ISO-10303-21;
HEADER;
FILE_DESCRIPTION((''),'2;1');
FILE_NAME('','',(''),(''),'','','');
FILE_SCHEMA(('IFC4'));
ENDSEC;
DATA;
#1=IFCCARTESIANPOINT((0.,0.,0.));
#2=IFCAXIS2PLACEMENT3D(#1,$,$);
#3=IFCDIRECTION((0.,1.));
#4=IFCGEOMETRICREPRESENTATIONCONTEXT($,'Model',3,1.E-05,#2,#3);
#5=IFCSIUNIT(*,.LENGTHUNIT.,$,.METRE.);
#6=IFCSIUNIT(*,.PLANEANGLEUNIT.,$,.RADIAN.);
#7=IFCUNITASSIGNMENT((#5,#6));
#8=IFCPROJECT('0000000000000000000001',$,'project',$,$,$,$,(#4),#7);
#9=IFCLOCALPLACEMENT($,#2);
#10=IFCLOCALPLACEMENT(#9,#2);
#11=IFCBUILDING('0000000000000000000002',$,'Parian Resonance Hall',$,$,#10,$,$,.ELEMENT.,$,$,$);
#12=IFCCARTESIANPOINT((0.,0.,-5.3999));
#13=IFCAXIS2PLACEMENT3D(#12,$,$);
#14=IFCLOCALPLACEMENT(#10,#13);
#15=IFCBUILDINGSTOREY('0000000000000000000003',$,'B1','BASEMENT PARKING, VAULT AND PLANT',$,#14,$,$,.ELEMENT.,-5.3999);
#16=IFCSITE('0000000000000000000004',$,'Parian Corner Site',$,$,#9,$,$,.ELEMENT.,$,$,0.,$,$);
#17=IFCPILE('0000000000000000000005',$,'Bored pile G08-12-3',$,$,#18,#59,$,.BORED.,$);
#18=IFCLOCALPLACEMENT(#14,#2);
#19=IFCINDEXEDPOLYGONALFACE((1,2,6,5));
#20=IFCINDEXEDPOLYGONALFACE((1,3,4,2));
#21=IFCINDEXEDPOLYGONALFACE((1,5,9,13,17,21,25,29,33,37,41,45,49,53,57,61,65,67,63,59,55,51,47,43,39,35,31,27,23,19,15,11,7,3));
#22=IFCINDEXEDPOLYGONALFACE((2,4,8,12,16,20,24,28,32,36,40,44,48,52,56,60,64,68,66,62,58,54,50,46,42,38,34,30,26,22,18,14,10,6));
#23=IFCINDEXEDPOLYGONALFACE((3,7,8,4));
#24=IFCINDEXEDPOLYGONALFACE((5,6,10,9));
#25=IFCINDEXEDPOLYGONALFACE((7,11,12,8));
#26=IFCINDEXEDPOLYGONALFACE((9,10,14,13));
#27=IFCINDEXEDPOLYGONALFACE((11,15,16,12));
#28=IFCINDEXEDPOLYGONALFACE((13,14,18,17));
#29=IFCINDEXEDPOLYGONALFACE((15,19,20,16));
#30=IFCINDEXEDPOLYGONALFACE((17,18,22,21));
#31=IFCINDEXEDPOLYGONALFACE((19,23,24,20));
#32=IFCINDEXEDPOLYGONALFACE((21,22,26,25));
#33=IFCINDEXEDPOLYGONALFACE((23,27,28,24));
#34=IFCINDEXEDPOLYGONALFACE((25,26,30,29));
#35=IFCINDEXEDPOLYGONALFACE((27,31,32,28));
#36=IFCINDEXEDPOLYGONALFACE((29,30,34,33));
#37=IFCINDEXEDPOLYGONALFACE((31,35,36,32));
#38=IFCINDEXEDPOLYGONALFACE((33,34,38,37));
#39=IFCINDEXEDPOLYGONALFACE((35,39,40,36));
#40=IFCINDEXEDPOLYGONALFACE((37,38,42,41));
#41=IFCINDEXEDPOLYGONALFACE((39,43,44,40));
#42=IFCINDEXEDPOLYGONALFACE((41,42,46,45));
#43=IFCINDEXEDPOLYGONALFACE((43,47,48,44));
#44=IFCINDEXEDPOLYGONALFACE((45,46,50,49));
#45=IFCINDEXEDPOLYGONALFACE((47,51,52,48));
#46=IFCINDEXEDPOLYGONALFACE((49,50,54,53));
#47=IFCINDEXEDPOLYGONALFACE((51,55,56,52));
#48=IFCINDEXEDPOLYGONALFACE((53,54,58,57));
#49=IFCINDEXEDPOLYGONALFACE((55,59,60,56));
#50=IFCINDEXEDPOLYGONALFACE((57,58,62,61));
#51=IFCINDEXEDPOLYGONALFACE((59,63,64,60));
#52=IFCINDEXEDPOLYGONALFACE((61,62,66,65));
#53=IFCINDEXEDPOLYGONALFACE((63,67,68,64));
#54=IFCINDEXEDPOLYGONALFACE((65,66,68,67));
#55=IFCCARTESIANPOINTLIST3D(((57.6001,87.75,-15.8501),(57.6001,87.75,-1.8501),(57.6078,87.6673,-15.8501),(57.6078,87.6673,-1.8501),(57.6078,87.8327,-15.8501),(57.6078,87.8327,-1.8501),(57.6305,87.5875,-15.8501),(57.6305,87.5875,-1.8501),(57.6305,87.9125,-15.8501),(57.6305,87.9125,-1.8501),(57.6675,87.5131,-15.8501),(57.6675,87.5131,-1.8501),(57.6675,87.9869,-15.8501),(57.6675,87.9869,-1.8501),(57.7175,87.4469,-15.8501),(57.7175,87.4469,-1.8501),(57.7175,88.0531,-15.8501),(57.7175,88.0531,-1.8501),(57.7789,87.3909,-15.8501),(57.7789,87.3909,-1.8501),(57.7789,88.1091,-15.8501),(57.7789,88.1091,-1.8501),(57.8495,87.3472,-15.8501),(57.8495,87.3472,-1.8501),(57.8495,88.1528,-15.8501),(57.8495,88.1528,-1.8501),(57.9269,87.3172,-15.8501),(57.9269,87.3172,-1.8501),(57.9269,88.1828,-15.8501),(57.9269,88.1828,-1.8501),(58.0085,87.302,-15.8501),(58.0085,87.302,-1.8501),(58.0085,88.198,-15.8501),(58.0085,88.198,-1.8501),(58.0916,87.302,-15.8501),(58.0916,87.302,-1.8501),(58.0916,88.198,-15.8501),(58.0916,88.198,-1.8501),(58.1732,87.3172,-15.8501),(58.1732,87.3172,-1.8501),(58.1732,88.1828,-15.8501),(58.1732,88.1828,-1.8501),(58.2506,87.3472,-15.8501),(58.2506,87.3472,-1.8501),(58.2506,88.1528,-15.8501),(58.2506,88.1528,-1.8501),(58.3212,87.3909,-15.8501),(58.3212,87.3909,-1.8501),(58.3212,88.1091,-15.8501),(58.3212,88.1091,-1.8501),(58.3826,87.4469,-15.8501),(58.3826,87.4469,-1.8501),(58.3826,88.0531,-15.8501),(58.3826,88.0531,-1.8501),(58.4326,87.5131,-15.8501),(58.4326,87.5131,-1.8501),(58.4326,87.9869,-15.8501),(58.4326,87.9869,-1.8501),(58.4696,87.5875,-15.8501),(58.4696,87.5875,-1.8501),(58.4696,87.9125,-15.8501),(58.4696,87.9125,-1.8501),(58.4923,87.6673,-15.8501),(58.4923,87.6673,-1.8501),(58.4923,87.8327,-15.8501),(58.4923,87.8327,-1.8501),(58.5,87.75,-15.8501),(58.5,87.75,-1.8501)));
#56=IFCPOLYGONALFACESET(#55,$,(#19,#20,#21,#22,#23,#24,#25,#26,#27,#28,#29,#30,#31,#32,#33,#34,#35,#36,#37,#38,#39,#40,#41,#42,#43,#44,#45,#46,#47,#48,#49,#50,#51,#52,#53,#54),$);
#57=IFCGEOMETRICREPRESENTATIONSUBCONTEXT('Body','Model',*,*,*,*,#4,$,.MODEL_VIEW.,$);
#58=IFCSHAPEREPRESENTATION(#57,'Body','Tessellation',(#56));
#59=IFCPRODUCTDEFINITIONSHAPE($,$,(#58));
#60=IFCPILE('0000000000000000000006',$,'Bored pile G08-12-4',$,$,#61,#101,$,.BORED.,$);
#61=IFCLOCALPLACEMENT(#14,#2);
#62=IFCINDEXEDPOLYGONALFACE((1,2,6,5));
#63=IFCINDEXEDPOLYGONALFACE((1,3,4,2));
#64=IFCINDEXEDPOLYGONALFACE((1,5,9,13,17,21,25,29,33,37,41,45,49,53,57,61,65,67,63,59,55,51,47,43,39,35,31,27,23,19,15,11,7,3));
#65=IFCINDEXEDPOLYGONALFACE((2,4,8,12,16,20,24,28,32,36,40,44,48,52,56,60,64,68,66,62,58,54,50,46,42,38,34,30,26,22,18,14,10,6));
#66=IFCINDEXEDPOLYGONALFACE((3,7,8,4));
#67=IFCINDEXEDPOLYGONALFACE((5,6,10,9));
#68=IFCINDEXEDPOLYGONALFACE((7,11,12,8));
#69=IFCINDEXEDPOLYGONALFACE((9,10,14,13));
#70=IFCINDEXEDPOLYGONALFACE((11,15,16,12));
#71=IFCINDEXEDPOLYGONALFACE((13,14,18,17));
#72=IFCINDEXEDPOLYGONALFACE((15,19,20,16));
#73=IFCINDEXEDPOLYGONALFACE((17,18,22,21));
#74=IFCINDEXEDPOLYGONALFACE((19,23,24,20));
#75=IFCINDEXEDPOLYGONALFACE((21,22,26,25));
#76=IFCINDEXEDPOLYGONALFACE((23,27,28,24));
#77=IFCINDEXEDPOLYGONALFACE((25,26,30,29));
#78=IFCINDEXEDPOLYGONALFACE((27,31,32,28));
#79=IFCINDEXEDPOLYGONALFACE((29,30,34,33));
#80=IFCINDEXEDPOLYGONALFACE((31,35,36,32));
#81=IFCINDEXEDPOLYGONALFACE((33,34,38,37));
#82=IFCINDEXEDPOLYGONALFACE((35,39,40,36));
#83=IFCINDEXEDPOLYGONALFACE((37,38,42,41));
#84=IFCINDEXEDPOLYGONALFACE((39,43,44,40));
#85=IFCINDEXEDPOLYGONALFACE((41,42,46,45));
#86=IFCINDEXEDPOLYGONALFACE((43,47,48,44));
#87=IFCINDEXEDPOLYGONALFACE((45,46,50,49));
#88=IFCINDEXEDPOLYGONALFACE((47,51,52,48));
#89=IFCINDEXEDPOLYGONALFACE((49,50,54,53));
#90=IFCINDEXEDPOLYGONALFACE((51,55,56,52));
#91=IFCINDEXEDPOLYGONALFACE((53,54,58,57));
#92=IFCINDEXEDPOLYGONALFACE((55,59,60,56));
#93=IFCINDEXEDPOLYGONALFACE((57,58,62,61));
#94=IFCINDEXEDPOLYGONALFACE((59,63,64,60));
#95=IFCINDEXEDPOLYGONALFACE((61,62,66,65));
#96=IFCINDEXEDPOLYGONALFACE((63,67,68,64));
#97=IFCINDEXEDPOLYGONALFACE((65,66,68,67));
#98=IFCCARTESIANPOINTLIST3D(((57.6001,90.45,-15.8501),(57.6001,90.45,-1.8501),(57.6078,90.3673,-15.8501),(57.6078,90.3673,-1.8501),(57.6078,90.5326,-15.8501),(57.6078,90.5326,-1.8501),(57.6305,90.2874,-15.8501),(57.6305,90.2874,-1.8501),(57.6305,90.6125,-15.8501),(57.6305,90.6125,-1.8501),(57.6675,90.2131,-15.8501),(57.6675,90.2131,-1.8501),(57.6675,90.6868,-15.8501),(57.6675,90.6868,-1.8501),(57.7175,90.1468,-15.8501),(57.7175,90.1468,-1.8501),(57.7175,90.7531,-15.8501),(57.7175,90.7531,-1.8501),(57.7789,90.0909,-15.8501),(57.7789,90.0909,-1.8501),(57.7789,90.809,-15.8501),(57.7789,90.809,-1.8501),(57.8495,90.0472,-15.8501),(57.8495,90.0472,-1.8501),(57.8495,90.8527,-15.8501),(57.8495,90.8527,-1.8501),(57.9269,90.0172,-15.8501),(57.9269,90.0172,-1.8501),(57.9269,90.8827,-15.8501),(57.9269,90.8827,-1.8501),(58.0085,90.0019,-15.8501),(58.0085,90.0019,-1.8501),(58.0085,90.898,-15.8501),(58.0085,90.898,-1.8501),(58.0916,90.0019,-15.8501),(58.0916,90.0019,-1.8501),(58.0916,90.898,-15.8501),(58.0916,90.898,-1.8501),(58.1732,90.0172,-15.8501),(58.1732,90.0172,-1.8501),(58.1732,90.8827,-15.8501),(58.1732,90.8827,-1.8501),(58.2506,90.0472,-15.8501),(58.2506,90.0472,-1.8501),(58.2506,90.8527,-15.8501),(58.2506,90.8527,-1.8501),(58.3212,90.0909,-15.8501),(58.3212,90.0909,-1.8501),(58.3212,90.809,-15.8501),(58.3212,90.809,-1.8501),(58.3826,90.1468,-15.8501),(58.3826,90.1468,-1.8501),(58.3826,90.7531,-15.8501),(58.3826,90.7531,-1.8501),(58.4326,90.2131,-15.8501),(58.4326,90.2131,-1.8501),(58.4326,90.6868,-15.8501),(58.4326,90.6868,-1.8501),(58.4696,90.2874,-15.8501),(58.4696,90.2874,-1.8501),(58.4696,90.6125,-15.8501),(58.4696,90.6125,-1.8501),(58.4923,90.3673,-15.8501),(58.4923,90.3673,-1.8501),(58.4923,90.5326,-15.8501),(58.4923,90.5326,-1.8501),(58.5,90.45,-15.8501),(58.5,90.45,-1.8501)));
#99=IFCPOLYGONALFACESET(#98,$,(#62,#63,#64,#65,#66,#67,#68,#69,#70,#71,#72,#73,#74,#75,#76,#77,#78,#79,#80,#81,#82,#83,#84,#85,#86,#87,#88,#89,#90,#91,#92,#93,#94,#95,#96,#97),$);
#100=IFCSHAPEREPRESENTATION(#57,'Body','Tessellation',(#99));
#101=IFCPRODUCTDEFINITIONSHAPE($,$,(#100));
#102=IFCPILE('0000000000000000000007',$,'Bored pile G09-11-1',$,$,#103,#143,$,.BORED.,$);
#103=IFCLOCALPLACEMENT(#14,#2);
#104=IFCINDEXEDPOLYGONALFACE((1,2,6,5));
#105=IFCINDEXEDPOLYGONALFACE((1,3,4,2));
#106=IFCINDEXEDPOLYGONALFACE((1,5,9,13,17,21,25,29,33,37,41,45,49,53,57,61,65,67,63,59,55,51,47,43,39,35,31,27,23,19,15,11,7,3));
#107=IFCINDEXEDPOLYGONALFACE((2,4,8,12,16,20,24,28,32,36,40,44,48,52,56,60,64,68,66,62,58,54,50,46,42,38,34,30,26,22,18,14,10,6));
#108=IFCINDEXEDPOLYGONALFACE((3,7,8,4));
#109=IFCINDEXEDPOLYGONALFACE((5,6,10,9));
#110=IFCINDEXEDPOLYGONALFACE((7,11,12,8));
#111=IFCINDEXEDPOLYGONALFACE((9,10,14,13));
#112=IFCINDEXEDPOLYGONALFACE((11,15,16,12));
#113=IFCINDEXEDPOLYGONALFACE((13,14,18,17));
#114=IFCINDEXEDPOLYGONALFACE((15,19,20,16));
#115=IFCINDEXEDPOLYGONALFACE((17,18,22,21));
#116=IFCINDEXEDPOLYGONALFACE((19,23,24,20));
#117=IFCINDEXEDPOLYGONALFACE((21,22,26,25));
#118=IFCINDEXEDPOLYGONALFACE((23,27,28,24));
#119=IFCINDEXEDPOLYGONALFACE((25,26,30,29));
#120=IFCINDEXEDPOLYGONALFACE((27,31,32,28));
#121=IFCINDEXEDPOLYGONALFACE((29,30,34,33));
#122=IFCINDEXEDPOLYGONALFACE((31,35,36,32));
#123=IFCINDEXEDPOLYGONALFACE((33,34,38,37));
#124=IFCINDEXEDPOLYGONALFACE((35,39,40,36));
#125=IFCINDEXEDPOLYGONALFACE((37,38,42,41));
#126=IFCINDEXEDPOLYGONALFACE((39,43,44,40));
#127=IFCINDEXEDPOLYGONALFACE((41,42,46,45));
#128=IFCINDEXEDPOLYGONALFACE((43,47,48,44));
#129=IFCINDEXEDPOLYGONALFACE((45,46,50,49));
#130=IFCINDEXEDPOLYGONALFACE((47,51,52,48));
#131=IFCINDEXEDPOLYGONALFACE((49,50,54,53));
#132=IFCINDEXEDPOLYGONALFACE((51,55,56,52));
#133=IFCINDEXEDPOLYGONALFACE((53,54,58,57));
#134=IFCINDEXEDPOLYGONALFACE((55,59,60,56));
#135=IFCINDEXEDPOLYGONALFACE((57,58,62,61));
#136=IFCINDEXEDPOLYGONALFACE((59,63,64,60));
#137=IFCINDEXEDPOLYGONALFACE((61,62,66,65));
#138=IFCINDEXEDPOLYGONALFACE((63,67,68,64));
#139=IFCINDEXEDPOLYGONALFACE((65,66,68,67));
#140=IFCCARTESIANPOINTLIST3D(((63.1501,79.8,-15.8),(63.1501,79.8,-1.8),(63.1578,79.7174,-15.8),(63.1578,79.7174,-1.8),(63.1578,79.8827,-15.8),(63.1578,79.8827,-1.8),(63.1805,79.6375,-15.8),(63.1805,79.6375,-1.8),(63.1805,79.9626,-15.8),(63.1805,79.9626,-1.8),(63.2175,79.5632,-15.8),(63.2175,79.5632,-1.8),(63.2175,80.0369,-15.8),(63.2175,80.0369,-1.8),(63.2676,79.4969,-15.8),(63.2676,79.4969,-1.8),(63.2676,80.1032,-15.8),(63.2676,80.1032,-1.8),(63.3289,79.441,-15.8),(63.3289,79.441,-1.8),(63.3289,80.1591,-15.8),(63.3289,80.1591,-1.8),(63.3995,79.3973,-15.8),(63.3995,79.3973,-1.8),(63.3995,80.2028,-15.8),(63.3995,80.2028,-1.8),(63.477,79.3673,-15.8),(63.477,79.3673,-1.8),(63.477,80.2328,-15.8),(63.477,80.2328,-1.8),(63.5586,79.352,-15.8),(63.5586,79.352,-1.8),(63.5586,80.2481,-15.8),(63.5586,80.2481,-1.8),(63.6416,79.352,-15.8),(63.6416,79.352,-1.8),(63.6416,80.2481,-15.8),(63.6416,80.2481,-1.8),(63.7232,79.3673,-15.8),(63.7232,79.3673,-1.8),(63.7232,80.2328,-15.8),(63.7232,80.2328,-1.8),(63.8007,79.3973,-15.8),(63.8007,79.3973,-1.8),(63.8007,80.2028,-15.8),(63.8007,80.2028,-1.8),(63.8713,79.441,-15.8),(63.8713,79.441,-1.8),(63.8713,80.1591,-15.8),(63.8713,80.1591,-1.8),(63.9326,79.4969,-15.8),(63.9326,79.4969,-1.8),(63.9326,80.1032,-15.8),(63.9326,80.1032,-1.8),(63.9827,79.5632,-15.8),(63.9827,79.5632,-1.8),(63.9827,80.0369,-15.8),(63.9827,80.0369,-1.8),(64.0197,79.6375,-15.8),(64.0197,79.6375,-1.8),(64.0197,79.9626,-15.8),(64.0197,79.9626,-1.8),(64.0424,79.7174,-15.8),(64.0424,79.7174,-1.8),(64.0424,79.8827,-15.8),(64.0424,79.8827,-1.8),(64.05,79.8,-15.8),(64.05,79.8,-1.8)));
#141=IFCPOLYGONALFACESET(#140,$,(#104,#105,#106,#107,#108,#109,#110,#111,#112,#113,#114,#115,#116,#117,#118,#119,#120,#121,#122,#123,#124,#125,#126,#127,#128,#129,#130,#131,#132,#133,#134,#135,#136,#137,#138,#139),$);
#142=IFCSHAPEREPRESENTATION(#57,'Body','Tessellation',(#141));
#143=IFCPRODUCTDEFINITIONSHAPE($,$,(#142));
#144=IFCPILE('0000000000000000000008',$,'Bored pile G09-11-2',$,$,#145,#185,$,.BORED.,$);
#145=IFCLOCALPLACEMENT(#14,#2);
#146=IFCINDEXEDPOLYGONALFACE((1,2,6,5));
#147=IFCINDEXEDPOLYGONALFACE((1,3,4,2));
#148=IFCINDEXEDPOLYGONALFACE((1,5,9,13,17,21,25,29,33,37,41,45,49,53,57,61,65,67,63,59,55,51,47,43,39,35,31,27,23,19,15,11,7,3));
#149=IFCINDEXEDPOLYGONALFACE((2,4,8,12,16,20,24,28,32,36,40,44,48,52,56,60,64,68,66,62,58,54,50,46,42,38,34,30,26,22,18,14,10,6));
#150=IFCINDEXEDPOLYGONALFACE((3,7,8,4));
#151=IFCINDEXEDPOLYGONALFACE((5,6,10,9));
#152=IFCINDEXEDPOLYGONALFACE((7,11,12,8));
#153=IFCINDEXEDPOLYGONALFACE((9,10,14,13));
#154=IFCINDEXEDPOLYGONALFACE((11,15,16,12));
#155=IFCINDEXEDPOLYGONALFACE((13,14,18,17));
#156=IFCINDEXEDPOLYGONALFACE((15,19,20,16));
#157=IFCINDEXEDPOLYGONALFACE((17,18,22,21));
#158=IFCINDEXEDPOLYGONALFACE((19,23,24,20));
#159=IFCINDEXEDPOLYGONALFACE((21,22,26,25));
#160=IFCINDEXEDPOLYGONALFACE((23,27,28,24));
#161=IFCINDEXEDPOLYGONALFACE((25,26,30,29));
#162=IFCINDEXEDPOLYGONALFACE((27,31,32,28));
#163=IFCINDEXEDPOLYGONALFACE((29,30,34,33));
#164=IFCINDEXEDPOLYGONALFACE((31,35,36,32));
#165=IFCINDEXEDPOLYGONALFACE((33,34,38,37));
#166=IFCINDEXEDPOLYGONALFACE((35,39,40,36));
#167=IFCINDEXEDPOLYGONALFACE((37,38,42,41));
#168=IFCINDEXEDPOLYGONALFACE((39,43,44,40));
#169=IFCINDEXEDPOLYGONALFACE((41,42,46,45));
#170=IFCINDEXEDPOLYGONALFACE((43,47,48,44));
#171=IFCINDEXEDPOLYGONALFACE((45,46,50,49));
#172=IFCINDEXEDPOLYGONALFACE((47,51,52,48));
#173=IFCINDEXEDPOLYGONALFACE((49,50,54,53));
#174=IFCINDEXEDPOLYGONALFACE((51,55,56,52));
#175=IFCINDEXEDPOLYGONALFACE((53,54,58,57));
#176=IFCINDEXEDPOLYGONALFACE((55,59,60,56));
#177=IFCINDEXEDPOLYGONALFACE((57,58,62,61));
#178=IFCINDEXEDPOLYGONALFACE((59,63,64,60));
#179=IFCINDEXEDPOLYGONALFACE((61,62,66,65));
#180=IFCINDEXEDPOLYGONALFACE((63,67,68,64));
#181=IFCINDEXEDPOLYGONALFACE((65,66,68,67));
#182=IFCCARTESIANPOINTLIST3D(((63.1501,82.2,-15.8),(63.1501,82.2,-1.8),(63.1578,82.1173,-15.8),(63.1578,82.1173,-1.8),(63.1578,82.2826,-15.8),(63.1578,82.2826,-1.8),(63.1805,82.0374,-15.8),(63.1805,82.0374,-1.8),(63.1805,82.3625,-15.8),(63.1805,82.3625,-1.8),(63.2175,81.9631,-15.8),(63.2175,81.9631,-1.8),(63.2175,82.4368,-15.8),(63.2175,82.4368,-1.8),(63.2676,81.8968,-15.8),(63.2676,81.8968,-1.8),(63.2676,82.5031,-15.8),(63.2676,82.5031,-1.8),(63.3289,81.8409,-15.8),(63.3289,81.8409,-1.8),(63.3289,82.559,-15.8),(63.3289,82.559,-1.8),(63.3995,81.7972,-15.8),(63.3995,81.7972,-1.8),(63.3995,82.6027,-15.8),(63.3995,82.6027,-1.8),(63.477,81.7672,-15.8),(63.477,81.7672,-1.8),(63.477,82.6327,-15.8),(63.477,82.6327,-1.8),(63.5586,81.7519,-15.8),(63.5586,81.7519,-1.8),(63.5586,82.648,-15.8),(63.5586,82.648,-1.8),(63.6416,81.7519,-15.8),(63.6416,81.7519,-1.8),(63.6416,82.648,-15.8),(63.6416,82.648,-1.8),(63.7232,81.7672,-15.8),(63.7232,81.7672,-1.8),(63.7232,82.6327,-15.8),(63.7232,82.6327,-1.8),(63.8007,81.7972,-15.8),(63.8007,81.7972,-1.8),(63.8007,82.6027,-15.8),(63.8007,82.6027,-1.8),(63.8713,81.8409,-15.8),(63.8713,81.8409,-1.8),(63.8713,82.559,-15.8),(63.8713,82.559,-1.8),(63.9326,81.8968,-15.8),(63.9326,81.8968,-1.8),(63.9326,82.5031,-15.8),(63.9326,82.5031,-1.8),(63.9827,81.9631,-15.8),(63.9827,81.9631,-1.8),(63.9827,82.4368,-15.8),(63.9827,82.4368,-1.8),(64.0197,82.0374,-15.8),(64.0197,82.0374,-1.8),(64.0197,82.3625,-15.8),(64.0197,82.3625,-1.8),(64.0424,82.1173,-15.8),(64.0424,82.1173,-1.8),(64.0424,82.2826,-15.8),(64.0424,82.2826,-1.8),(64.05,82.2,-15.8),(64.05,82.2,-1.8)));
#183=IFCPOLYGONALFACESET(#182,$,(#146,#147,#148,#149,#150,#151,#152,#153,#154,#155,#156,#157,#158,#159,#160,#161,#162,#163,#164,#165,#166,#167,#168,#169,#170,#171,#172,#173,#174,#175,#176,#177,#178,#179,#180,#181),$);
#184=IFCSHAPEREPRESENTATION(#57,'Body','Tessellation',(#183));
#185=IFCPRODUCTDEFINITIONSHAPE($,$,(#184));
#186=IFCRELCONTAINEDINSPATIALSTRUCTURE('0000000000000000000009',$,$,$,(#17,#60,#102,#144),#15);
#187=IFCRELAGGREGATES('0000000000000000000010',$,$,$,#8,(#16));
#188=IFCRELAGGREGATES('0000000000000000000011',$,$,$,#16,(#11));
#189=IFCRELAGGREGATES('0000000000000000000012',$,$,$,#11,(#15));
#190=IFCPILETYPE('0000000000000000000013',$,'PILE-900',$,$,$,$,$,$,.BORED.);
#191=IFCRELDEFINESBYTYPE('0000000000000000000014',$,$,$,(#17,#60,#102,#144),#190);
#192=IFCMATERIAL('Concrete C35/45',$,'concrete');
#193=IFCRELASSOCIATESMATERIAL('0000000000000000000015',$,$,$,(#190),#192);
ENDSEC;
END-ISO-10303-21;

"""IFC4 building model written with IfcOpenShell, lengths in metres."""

from ifc_helpers import new_model, si_unit, direction, frame, origin, origin_2d, place, context, subcontext, project, spatial, circle, extrude, material, material_profile, profile_set, type_object, element, save


model = new_model("IFC4")

# Units and contexts
model_context = context("Model", 3, precision=1e-05, world=origin(), true_north=direction((0.0, 1.0)))
body_context = subcontext(model_context, "Body", "Model", "MODEL_VIEW")
ifc_project = project(units=[si_unit("LENGTHUNIT", "METRE"), si_unit("PLANEANGLEUNIT", "RADIAN")], contexts=[model_context])

# Site, building, storey
site_placement = place(None, origin())
site = spatial("IfcSite", under=ifc_project, at=site_placement, Name="Parian Corner Site", CompositionType="ELEMENT", RefElevation=0.0)
building_placement = place(site_placement, origin())
building = spatial("IfcBuilding", under=site, at=building_placement, Name="Parian Resonance Hall", CompositionType="ELEMENT")
storey_placement = place(building_placement, frame((0.0, 0.0, -5.3999)))
storey = spatial("IfcBuildingStorey", under=building, at=storey_placement, Name="B1", Description="BASEMENT PARKING, VAULT AND PLANT", CompositionType="ELEMENT", Elevation=-5.3999)

# Piles
ifc_material_1 = material(Name="Concrete C35/45", Category="concrete")
ifc_material_profile_1 = material_profile(ifc_material_1, circle(Radius=0.45, at=origin_2d()), Name="PILE-D900")
ifc_profile_set_1 = profile_set([ifc_material_profile_1], Name="Concrete C35/45")
pile_type = type_object("IfcPileType", Name="PILE-900", PredefinedType="BORED", material=ifc_profile_set_1)
for number, where, z_axis, x_axis, name in (
    (1, (58.05, 87.75, -1.8501), (0.0, 0.0, -1.0), (1.0, 0.0, 0.0), "Bored pile G08-12-3"),
    (2, (58.05, 90.45, -1.8501), (0.0, 0.0, -1.0), (1.0, 0.0, 0.0), "Bored pile G08-12-4"),
    (3, (63.6001, 79.8, -1.8), (0.0, 0.0, -1.0), (1.0, 0.0, 0.0), "Bored pile G09-11-1"),
    (4, (63.6001, 82.2, -1.8), (0.0, 0.0, -1.0), (1.0, 0.0, 0.0), "Bored pile G09-11-2"),
):
    element("IfcPile", number, at=place(storey_placement, frame(where, z_axis=z_axis, x_axis=x_axis)), inside=storey, type_object=pile_type, Name=name, PredefinedType="BORED", context=body_context, shape_type="SweptSolid", body=[
        extrude(circle(Radius=0.45, at=origin_2d()), origin(), (0.0, 0.0, 1.0), 14.0),
    ])

save(model, "model.ifc")
